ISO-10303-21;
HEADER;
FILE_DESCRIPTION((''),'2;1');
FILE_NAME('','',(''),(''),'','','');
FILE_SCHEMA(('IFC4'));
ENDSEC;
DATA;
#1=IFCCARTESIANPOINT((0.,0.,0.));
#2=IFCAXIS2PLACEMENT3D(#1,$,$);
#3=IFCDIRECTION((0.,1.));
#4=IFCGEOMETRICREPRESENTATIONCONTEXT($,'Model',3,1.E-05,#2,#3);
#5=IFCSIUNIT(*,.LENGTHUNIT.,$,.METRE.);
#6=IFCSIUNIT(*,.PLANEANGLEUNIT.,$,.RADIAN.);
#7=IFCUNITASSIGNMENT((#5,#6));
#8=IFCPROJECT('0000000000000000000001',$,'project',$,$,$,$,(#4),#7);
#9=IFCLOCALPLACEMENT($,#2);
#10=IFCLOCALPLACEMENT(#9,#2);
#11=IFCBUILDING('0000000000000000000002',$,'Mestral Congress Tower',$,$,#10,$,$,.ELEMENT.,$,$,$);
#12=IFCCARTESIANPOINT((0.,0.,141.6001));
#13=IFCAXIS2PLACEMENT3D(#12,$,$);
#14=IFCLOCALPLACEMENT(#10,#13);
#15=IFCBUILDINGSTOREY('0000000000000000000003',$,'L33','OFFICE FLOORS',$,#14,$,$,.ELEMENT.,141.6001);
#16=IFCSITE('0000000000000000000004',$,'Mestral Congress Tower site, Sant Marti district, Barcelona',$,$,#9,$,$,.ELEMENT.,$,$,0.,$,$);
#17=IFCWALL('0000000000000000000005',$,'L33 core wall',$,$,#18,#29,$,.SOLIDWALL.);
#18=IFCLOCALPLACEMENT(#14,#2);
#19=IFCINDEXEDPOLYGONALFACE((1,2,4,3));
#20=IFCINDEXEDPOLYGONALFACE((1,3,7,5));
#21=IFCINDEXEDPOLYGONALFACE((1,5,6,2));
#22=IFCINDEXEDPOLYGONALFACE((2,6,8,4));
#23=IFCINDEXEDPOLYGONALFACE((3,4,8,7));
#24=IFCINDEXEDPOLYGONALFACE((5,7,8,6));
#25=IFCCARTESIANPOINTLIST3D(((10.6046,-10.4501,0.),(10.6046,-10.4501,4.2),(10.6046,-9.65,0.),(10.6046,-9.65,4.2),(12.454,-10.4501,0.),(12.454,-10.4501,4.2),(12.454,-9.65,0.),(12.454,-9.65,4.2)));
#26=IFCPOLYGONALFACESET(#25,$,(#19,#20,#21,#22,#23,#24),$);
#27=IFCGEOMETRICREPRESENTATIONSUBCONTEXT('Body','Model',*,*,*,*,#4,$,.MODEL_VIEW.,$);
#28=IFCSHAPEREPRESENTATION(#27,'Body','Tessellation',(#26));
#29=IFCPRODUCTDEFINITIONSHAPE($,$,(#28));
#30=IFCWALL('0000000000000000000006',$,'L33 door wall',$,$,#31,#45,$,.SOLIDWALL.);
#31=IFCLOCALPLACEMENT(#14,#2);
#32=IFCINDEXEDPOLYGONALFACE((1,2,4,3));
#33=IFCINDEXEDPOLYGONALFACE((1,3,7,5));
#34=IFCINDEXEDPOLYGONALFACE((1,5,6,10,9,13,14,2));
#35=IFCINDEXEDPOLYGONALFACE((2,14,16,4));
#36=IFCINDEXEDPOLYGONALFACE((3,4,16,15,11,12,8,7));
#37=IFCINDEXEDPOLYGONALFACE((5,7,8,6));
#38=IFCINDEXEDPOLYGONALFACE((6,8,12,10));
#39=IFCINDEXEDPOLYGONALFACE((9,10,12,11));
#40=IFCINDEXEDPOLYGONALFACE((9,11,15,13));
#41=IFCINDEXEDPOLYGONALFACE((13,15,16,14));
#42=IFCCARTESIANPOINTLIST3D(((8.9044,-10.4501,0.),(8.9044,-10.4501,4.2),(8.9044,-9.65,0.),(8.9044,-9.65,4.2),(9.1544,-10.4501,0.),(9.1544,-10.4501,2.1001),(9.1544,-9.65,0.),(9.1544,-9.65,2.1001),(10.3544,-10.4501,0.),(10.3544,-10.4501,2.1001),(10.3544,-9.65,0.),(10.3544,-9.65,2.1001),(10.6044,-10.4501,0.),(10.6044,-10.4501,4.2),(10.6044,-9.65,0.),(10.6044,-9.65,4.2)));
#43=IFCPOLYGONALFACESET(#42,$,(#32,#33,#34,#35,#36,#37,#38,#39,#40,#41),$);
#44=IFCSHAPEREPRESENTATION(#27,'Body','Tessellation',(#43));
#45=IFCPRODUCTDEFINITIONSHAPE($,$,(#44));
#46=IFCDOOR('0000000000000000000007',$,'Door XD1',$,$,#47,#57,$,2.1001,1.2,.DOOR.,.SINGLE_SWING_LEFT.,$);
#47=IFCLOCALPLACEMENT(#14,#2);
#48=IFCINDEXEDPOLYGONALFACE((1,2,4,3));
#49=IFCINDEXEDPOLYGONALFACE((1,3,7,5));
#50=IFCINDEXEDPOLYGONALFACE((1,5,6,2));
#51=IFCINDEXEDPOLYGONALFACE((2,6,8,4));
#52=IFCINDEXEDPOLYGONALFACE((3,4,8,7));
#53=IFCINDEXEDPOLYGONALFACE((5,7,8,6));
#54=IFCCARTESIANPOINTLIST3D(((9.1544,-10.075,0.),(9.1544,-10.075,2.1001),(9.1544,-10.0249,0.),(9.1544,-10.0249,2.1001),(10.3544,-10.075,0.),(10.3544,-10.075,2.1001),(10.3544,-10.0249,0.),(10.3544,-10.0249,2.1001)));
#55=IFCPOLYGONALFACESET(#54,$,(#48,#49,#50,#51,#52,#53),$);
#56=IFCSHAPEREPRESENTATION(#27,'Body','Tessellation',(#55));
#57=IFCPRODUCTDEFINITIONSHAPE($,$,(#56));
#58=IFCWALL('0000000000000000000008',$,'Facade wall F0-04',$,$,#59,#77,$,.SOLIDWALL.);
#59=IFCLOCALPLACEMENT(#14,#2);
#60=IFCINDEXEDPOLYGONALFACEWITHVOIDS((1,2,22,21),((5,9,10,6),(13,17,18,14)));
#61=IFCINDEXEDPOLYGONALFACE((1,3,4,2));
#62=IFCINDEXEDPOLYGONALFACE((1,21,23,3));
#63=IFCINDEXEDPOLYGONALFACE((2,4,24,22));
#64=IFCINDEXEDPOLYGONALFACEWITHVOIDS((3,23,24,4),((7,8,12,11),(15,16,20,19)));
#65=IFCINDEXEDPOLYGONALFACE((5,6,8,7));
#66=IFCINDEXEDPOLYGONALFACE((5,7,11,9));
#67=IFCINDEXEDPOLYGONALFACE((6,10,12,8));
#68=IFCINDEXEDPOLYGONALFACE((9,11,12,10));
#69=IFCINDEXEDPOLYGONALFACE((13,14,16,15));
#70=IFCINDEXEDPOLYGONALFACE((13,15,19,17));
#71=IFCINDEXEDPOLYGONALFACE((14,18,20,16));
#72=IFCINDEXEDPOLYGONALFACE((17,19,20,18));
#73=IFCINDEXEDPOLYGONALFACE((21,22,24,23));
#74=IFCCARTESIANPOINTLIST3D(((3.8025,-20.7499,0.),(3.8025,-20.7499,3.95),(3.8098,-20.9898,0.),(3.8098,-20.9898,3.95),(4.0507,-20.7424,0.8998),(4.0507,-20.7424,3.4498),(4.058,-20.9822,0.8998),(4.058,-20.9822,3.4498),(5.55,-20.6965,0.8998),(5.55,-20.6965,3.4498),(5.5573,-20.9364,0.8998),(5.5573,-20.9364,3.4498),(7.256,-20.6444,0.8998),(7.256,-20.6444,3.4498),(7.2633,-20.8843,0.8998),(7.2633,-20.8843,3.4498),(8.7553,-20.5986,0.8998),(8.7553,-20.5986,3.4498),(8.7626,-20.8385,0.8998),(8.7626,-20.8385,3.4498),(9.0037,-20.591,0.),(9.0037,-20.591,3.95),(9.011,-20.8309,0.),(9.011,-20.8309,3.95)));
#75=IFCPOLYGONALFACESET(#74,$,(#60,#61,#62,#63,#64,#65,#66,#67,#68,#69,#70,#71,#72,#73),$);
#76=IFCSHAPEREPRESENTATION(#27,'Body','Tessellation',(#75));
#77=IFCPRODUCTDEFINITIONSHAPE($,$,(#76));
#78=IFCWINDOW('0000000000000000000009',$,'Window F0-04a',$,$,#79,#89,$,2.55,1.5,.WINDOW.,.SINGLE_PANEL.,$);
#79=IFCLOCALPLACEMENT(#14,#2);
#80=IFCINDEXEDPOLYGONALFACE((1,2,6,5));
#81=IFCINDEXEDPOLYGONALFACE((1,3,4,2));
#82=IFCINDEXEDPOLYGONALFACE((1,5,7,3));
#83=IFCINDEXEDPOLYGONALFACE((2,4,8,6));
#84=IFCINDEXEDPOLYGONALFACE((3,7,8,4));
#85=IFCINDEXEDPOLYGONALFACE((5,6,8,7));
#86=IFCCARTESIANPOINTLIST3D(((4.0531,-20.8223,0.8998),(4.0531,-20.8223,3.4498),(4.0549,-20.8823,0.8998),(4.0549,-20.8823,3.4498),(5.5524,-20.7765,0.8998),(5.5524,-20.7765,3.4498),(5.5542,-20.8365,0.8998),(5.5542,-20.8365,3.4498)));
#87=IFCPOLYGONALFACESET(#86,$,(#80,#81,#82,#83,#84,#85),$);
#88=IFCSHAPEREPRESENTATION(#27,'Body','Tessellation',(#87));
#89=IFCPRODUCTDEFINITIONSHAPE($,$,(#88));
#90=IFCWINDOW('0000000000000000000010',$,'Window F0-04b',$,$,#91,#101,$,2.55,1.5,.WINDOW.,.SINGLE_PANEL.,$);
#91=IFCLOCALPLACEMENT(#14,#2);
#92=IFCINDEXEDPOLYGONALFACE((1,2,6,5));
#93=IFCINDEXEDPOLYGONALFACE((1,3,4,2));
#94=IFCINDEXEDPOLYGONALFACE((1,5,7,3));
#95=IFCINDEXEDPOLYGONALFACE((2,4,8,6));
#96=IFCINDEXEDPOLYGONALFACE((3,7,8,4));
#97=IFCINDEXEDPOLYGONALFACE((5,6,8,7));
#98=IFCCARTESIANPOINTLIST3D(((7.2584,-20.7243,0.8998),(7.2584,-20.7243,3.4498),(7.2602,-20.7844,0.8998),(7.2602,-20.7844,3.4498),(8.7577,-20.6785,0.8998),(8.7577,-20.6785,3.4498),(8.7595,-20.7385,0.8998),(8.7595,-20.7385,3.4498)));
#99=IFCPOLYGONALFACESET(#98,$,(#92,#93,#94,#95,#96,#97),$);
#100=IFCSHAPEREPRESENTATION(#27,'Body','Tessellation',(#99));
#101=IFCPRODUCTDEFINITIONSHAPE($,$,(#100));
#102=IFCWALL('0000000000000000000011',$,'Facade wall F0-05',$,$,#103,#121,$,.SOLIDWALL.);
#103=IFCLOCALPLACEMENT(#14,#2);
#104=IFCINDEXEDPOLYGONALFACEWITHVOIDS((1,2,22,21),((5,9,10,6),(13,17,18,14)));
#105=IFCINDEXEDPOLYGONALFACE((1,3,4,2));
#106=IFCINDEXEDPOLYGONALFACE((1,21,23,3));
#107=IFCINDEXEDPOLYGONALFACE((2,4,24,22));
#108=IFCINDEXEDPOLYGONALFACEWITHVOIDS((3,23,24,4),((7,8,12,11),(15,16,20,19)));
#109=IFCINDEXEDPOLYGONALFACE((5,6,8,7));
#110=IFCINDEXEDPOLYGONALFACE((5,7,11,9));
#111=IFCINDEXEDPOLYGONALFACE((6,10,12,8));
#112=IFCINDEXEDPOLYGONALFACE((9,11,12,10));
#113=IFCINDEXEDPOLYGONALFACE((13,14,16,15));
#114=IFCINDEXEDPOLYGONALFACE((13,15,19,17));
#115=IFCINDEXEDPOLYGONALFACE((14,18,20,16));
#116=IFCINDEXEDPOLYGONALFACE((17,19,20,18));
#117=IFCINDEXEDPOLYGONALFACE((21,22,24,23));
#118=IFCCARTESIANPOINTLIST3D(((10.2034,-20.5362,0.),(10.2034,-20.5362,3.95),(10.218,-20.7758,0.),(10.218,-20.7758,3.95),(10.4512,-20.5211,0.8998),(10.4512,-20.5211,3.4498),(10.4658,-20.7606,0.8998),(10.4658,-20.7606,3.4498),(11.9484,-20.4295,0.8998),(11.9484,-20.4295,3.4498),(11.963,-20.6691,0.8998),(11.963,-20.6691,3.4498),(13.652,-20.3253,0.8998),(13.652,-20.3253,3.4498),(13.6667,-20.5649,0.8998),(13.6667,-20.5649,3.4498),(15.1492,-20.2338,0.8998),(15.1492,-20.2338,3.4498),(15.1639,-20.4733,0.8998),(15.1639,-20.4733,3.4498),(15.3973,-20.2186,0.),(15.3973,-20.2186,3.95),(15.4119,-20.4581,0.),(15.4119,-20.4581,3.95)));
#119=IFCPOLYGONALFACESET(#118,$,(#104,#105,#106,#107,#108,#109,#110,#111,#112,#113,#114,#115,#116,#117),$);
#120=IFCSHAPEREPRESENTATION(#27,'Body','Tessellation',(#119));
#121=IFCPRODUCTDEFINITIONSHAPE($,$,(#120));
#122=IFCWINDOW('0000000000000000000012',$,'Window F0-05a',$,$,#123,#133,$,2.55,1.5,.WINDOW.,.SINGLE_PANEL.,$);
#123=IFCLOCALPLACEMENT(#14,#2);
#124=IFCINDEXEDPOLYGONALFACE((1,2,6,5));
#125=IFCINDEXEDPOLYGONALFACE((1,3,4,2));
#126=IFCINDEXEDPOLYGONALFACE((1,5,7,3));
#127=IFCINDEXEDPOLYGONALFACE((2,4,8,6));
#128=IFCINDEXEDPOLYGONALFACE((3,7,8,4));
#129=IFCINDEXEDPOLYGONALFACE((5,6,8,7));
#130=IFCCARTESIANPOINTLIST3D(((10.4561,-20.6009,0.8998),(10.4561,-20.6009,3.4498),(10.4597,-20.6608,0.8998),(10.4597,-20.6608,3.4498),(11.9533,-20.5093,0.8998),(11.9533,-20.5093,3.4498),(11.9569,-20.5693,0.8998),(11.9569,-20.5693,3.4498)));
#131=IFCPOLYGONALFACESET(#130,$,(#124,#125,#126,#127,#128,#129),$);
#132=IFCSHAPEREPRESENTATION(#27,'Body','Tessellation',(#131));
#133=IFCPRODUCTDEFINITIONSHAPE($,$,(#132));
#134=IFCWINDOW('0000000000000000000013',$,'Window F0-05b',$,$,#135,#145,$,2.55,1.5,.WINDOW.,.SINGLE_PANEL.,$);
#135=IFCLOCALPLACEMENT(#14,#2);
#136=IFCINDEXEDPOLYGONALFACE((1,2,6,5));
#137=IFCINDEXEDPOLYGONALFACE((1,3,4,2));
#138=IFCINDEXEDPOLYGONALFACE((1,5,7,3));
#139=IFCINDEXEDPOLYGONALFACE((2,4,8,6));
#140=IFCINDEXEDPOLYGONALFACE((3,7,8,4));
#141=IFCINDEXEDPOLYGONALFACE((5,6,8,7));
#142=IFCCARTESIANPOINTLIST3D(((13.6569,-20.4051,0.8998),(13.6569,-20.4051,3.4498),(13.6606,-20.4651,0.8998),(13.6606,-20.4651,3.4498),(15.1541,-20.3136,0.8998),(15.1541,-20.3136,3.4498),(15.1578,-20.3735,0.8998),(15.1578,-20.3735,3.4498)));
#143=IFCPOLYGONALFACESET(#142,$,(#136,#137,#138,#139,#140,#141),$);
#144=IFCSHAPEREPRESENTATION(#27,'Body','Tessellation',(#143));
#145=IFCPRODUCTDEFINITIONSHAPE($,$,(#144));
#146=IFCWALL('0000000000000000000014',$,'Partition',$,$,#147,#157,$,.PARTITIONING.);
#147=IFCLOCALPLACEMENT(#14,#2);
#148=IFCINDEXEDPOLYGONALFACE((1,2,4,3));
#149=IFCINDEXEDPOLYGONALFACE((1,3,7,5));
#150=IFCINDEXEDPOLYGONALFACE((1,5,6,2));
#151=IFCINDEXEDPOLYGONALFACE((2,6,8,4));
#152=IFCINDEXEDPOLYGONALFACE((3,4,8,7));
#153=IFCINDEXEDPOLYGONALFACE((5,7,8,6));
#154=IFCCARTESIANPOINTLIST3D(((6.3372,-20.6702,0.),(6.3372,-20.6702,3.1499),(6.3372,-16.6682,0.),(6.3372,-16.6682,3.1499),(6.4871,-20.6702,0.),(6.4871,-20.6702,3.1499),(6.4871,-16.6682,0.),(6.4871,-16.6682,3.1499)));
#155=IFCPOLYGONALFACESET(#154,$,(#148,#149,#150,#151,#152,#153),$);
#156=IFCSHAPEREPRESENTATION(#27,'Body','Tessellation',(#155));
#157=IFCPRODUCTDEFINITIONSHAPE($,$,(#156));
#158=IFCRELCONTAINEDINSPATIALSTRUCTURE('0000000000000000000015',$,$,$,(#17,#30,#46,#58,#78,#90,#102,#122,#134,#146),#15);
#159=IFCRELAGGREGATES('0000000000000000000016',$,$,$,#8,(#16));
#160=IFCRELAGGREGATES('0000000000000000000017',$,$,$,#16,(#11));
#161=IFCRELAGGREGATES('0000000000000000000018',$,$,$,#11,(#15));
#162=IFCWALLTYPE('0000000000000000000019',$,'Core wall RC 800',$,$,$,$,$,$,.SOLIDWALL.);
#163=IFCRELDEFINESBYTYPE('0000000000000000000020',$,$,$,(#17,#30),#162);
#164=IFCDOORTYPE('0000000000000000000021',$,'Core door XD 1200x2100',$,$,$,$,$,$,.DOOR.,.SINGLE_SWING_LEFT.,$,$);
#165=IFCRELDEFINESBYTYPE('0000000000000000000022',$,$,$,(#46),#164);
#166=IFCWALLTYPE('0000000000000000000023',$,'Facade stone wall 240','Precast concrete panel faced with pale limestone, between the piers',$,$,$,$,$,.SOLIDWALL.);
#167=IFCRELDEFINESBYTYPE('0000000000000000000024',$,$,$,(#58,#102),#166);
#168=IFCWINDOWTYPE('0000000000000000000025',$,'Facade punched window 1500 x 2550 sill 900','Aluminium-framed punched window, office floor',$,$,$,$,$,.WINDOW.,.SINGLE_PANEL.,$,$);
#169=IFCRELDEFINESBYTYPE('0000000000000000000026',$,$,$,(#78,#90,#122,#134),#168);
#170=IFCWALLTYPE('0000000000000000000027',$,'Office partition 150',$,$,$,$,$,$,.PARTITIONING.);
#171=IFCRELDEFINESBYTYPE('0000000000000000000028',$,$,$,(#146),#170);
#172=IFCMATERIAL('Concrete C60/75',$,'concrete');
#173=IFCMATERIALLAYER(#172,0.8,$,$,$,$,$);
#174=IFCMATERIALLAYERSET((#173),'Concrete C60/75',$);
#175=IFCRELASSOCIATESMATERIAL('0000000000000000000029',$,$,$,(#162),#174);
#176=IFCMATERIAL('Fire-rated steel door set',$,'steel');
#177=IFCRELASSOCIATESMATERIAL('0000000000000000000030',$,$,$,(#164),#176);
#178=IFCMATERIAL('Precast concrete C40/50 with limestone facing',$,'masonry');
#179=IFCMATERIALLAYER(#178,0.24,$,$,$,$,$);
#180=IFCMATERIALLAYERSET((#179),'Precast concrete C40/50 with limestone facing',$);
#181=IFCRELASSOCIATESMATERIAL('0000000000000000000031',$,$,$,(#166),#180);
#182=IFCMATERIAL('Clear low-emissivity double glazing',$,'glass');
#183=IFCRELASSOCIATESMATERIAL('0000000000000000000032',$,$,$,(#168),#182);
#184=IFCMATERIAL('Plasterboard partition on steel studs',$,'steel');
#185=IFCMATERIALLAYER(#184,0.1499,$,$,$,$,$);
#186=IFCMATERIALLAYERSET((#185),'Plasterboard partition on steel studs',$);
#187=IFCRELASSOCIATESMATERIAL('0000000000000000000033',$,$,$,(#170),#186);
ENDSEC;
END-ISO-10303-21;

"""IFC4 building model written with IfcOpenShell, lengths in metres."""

from ifc_helpers import new_model, si_unit, direction, frame, frame_2d, origin, place, context, subcontext, project, spatial, rectangle, extrude, material, layer, layer_set, type_object, element, fill, save


model = new_model("IFC4")

# Units and contexts
model_context = context("Model", 3, precision=1e-05, world=origin(), true_north=direction((0.0, 1.0)))
body_context = subcontext(model_context, "Body", "Model", "MODEL_VIEW")
ifc_project = project(units=[si_unit("LENGTHUNIT", "METRE"), si_unit("PLANEANGLEUNIT", "RADIAN")], contexts=[model_context])

# Site, building, storey
site_placement = place(None, origin())
site = spatial("IfcSite", under=ifc_project, at=site_placement, Name="Mestral Congress Tower site, Sant Marti district, Barcelona", CompositionType="ELEMENT", RefElevation=0.0)
building_placement = place(site_placement, origin())
building = spatial("IfcBuilding", under=site, at=building_placement, Name="Mestral Congress Tower", CompositionType="ELEMENT")
storey_placement = place(building_placement, frame((0.0, 0.0, 141.6001)))
storey = spatial("IfcBuildingStorey", under=building, at=storey_placement, Name="L33", Description="OFFICE FLOORS", CompositionType="ELEMENT", Elevation=141.6001)

# Shared definitions
ifc_material_1 = material(Name="Concrete C60/75", Category="concrete")

# Shared definitions
ifc_material_2 = material(Name="Fire-rated steel door set", Category="steel")

# Wall
ifc_layer_1 = layer(ifc_material_1, 0.8)
ifc_layer_set_1 = layer_set([ifc_layer_1], Name="Concrete C60/75")
wall_type_1 = type_object("IfcWallType", Name="Core wall RC 800", PredefinedType="SOLIDWALL", material=ifc_layer_set_1)
wall_1_placement = place(storey_placement, frame((10.6045, -10.05, 0.0), z_axis=(0.0, 0.0, 1.0), x_axis=(1.0, 0.0, 0.0)))
element("IfcWall", 1, at=wall_1_placement, inside=storey, type_object=wall_type_1, Name="L33 core wall", PredefinedType="SOLIDWALL", context=body_context, shape_type="SweptSolid", body=[
    extrude(rectangle(XDim=1.8494, YDim=0.8, at=frame_2d((0.9248, 0.0))), origin(), (0.0, 0.0, 1.0), 4.2),
])

# Wall, opening, door
wall_2_placement = place(storey_placement, frame((10.6045, -10.05, 0.0), z_axis=(0.0, 0.0, 1.0), x_axis=(-1.0, 0.0, 0.0)))
wall_2 = element("IfcWall", 2, at=wall_2_placement, inside=storey, type_object=wall_type_1, Name="L33 door wall", PredefinedType="SOLIDWALL", context=body_context, shape_type="SweptSolid", body=[
    extrude(rectangle(XDim=1.7, YDim=0.8, at=frame_2d((0.8501, 0.0))), origin(), (0.0, 0.0, 1.0), 4.2),
])
opening_1_placement = place(wall_2_placement, frame((0.25, 0.0, 0.0)))
opening_1 = element("IfcOpeningElement", 3, at=opening_1_placement, cuts=wall_2, PredefinedType="OPENING", context=body_context, shape_type="SweptSolid", body=[
    extrude(rectangle(XDim=1.2, YDim=2.1001, at=frame_2d((0.6001, 1.05))), frame((0.0, 0.4099, 0.0), z_axis=(0.0, -1.0, 0.0), x_axis=(1.0, 0.0, 0.0)), (0.0, 0.0, 1.0), 0.8201),
])
door_type_1 = type_object("IfcDoorType", Name="Core door XD 1200x2100", OperationType="SINGLE_SWING_LEFT", PredefinedType="DOOR", material=ifc_material_2)
door_1_placement = place(opening_1_placement, origin())
door_1 = element("IfcDoor", 4, at=door_1_placement, inside=storey, type_object=door_type_1, Name="Door XD1", OperationType="SINGLE_SWING_LEFT", OverallHeight=2.1001, OverallWidth=1.2, PredefinedType="DOOR", context=body_context, shape_type="SweptSolid", body=[
    extrude(rectangle(XDim=1.2, YDim=2.1001, at=frame_2d((0.6001, 1.05))), frame((0.0, 0.0249, 0.0), z_axis=(0.0, -1.0, 0.0), x_axis=(1.0, 0.0, 0.0)), (0.0, 0.0, 1.0), 0.05),
])
fill(opening_1, door_1)

# Walls, openings, windows
ifc_material_3 = material(Name="Precast concrete C40/50 with limestone facing", Category="masonry")
ifc_layer_2 = layer(ifc_material_3, 0.24)
ifc_layer_set_2 = layer_set([ifc_layer_2], Name="Precast concrete C40/50 with limestone facing")
wall_type_2 = type_object("IfcWallType", Name="Facade stone wall 240", Description="Precast concrete panel faced with pale limestone, between the piers", PredefinedType="SOLIDWALL", material=ifc_layer_set_2)
wall_3_placement = place(storey_placement, frame((3.8062, -20.8699, 0.0), z_axis=(0.0, 0.0, 1.0), x_axis=(0.999533, 0.030543, 0.0)))
wall_3 = element("IfcWall", 5, at=wall_3_placement, inside=storey, type_object=wall_type_2, Name="Facade wall F0-04", PredefinedType="SOLIDWALL", context=body_context, shape_type="SweptSolid", body=[
    extrude(rectangle(XDim=5.2036, YDim=0.24, at=frame_2d((2.6018, 0.0))), origin(), (0.0, 0.0, 1.0), 3.95),
])
opening_2_placement = place(wall_3_placement, frame((0.2483, 0.0, 0.8999)))
opening_2 = element("IfcOpeningElement", 6, at=opening_2_placement, cuts=wall_3, PredefinedType="OPENING", context=body_context, shape_type="SweptSolid", body=[
    extrude(rectangle(XDim=1.5, YDim=2.55, at=frame_2d((0.75, 1.2749))), frame((0.0, 0.1299, 0.0), z_axis=(0.0, -1.0, 0.0), x_axis=(1.0, 0.0, 0.0)), (0.0, 0.0, 1.0), 0.26),
])
opening_3_placement = place(wall_3_placement, frame((3.4551, 0.0, 0.8999)))
opening_3 = element("IfcOpeningElement", 7, at=opening_3_placement, cuts=wall_3, PredefinedType="OPENING", context=body_context, shape_type="SweptSolid", body=[
    extrude(rectangle(XDim=1.5, YDim=2.55, at=frame_2d((0.75, 1.2749))), frame((0.0, 0.1299, 0.0), z_axis=(0.0, -1.0, 0.0), x_axis=(1.0, 0.0, 0.0)), (0.0, 0.0, 1.0), 0.26),
])
ifc_material_4 = material(Name="Clear low-emissivity double glazing", Category="glass")
window_type = type_object("IfcWindowType", Name="Facade punched window 1500 x 2550 sill 900", Description="Aluminium-framed punched window, office floor", PartitioningType="SINGLE_PANEL", PredefinedType="WINDOW", material=ifc_material_4)
window_1_placement = place(opening_2_placement, origin())
window_1 = element("IfcWindow", 8, at=window_1_placement, inside=storey, type_object=window_type, Name="Window F0-04a", OverallHeight=2.55, OverallWidth=1.5, PartitioningType="SINGLE_PANEL", PredefinedType="WINDOW", context=body_context, shape_type="SweptSolid", body=[
    extrude(rectangle(XDim=1.5, YDim=2.55, at=frame_2d((0.75, 1.2749))), frame((0.0, 0.04, 0.0), z_axis=(0.0, -1.0, 0.0), x_axis=(1.0, 0.0, 0.0)), (0.0, 0.0, 1.0), 0.0601),
])
fill(opening_2, window_1)
window_2_placement = place(opening_3_placement, origin())
window_2 = element("IfcWindow", 9, at=window_2_placement, inside=storey, type_object=window_type, Name="Window F0-04b", OverallHeight=2.55, OverallWidth=1.5, PartitioningType="SINGLE_PANEL", PredefinedType="WINDOW", context=body_context, shape_type="SweptSolid", body=[
    extrude(rectangle(XDim=1.5, YDim=2.55, at=frame_2d((0.75, 1.2749))), frame((0.0, 0.04, 0.0), z_axis=(0.0, -1.0, 0.0), x_axis=(1.0, 0.0, 0.0)), (0.0, 0.0, 1.0), 0.0601),
])
fill(opening_3, window_2)
wall_4_placement = place(storey_placement, frame((10.2107, -20.656, 0.0), z_axis=(0.0, 0.0, 1.0), x_axis=(0.998135, 0.06104, 0.0)))
wall_4 = element("IfcWall", 10, at=wall_4_placement, inside=storey, type_object=wall_type_2, Name="Facade wall F0-05", PredefinedType="SOLIDWALL", context=body_context, shape_type="SweptSolid", body=[
    extrude(rectangle(XDim=5.2036, YDim=0.24, at=frame_2d((2.6018, 0.0))), origin(), (0.0, 0.0, 1.0), 3.95),
])
opening_4_placement = place(wall_4_placement, frame((0.2483, 0.0, 0.8999)))
opening_4 = element("IfcOpeningElement", 11, at=opening_4_placement, cuts=wall_4, PredefinedType="OPENING", context=body_context, shape_type="SweptSolid", body=[
    extrude(rectangle(XDim=1.5, YDim=2.55, at=frame_2d((0.75, 1.2749))), frame((0.0, 0.1299, 0.0), z_axis=(0.0, -1.0, 0.0), x_axis=(1.0, 0.0, 0.0)), (0.0, 0.0, 1.0), 0.26),
])
opening_5_placement = place(wall_4_placement, frame((3.4551, 0.0, 0.8999)))
opening_5 = element("IfcOpeningElement", 12, at=opening_5_placement, cuts=wall_4, PredefinedType="OPENING", context=body_context, shape_type="SweptSolid", body=[
    extrude(rectangle(XDim=1.5, YDim=2.55, at=frame_2d((0.75, 1.2749))), frame((0.0, 0.1299, 0.0), z_axis=(0.0, -1.0, 0.0), x_axis=(1.0, 0.0, 0.0)), (0.0, 0.0, 1.0), 0.26),
])
window_3_placement = place(opening_4_placement, origin())
window_3 = element("IfcWindow", 13, at=window_3_placement, inside=storey, type_object=window_type, Name="Window F0-05a", OverallHeight=2.55, OverallWidth=1.5, PartitioningType="SINGLE_PANEL", PredefinedType="WINDOW", context=body_context, shape_type="SweptSolid", body=[
    extrude(rectangle(XDim=1.5, YDim=2.55, at=frame_2d((0.75, 1.2749))), frame((0.0, 0.04, 0.0), z_axis=(0.0, -1.0, 0.0), x_axis=(1.0, 0.0, 0.0)), (0.0, 0.0, 1.0), 0.0601),
])
fill(opening_4, window_3)
window_4_placement = place(opening_5_placement, origin())
window_4 = element("IfcWindow", 14, at=window_4_placement, inside=storey, type_object=window_type, Name="Window F0-05b", OverallHeight=2.55, OverallWidth=1.5, PartitioningType="SINGLE_PANEL", PredefinedType="WINDOW", context=body_context, shape_type="SweptSolid", body=[
    extrude(rectangle(XDim=1.5, YDim=2.55, at=frame_2d((0.75, 1.2749))), frame((0.0, 0.04, 0.0), z_axis=(0.0, -1.0, 0.0), x_axis=(1.0, 0.0, 0.0)), (0.0, 0.0, 1.0), 0.0601),
])
fill(opening_5, window_4)

# Wall
ifc_material_5 = material(Name="Plasterboard partition on steel studs", Category="steel")
ifc_layer_3 = layer(ifc_material_5, 0.1499)
ifc_layer_set_3 = layer_set([ifc_layer_3], Name="Plasterboard partition on steel studs")
wall_type_3 = type_object("IfcWallType", Name="Office partition 150", PredefinedType="PARTITIONING", material=ifc_layer_set_3)
wall_5_placement = place(storey_placement, frame((6.4121, -16.6682, 0.0), z_axis=(0.0, 0.0, 1.0), x_axis=(0.0, -1.0, 0.0)))
element("IfcWall", 15, at=wall_5_placement, inside=storey, type_object=wall_type_3, Name="Partition", PredefinedType="PARTITIONING", context=body_context, shape_type="SweptSolid", body=[
    extrude(rectangle(XDim=4.002, YDim=0.1499, at=frame_2d((2.001, 0.0))), origin(), (0.0, 0.0, 1.0), 3.1499),
])

save(model, "model.ifc")
